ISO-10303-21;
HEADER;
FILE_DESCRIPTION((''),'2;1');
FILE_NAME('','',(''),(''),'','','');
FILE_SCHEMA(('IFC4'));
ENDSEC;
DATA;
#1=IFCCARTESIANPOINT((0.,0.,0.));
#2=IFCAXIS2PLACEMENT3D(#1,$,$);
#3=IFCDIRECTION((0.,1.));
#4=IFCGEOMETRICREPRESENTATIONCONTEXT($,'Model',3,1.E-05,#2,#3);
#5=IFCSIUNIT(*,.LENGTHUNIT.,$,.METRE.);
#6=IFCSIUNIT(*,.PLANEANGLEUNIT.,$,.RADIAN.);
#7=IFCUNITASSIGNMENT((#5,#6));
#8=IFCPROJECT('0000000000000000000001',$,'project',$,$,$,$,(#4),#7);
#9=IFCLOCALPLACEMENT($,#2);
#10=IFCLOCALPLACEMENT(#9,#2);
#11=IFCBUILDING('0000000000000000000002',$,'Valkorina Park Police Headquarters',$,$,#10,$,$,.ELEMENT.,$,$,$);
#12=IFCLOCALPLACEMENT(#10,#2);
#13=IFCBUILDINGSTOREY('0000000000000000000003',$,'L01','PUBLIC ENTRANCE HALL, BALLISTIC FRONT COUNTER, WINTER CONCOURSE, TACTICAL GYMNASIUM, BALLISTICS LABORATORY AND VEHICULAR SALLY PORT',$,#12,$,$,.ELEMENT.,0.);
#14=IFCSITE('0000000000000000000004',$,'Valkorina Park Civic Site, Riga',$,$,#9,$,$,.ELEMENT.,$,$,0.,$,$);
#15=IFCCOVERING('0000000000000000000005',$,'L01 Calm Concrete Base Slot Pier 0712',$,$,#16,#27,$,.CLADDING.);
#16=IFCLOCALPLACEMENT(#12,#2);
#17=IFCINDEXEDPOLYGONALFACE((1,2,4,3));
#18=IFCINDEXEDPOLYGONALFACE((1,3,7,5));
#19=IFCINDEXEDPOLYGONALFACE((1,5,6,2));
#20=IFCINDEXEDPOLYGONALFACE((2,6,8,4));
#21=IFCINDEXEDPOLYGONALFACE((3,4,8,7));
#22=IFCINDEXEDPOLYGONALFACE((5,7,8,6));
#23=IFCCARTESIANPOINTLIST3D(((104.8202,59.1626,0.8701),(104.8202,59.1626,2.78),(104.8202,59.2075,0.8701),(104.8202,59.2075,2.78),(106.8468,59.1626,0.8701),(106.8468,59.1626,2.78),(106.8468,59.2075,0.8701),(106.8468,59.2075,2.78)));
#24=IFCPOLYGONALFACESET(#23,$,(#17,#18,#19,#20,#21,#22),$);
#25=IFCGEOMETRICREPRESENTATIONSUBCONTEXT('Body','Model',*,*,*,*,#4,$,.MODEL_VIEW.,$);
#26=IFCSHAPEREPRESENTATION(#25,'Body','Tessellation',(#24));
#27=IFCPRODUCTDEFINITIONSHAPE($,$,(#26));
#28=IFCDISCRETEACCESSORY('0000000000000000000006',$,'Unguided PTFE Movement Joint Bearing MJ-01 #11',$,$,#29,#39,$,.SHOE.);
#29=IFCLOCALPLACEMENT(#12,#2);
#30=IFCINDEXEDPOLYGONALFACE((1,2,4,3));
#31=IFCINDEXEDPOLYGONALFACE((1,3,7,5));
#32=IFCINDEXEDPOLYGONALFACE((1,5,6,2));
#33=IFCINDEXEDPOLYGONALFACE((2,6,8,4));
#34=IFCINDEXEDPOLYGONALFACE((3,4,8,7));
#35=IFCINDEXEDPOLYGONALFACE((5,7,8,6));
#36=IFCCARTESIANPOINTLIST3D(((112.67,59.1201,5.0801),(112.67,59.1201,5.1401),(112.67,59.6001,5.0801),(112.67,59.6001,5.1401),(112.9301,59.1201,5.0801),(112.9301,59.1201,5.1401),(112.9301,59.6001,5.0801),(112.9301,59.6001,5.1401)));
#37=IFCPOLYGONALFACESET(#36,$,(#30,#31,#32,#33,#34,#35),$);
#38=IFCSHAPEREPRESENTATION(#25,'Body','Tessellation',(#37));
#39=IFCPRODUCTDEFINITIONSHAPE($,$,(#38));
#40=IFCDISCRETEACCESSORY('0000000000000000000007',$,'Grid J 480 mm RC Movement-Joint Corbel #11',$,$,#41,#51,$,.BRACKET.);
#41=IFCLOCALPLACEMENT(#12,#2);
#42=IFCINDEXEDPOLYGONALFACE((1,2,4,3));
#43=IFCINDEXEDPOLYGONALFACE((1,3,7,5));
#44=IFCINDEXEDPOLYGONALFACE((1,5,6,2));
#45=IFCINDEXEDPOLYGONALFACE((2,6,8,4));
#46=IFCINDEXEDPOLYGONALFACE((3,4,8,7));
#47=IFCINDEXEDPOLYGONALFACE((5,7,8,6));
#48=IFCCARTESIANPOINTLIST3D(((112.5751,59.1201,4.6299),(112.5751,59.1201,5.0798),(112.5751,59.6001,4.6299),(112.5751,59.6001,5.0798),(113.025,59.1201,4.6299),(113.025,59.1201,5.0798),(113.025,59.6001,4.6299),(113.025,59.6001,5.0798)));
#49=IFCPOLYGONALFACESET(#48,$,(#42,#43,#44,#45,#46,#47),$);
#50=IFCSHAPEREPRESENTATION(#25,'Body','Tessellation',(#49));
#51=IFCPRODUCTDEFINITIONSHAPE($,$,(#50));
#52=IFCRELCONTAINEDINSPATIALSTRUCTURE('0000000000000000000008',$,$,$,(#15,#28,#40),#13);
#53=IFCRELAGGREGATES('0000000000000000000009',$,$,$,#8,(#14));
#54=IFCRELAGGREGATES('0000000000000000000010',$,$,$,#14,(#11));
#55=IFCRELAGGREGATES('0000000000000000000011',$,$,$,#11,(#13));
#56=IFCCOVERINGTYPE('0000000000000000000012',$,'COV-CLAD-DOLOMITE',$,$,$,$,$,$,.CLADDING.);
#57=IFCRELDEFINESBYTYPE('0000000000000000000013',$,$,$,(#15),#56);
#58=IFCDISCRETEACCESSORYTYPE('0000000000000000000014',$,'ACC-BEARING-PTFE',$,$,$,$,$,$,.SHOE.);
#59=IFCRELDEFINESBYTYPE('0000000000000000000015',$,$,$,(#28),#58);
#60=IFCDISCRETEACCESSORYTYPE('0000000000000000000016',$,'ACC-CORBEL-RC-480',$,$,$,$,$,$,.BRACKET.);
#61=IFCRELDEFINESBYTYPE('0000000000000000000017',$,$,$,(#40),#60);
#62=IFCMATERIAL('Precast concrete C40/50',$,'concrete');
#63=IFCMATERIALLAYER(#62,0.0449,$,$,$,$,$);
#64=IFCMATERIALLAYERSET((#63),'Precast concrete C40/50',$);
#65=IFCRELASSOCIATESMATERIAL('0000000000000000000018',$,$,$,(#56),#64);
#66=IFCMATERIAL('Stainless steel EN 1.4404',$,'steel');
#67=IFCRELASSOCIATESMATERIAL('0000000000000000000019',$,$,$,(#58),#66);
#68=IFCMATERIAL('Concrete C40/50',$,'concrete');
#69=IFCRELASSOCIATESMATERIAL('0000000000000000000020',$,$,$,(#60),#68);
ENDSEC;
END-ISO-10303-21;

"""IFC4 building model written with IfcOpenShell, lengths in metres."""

from ifc_helpers import new_model, si_unit, direction, frame, frame_2d, origin, origin_2d, place, context, subcontext, project, spatial, rectangle, extrude, material, layer, layer_set, type_object, element, save


model = new_model("IFC4")

# Units and contexts
model_context = context("Model", 3, precision=1e-05, world=origin(), true_north=direction((0.0, 1.0)))
body_context = subcontext(model_context, "Body", "Model", "MODEL_VIEW")
ifc_project = project(units=[si_unit("LENGTHUNIT", "METRE"), si_unit("PLANEANGLEUNIT", "RADIAN")], contexts=[model_context])

# Site, building, storey
site_placement = place(None, origin())
site = spatial("IfcSite", under=ifc_project, at=site_placement, Name="Valkorina Park Civic Site, Riga", CompositionType="ELEMENT", RefElevation=0.0)
building_placement = place(site_placement, origin())
building = spatial("IfcBuilding", under=site, at=building_placement, Name="Valkorina Park Police Headquarters", CompositionType="ELEMENT")
storey_placement = place(building_placement, origin())
storey = spatial("IfcBuildingStorey", under=building, at=storey_placement, Name="L01", Description="PUBLIC ENTRANCE HALL, BALLISTIC FRONT COUNTER, WINTER CONCOURSE, TACTICAL GYMNASIUM, BALLISTICS LABORATORY AND VEHICULAR SALLY PORT", CompositionType="ELEMENT", Elevation=0.0)

# Shared definitions
ifc_material_1 = material(Name="Concrete C40/50", Category="concrete")

# Covering
ifc_material_2 = material(Name="Precast concrete C40/50", Category="concrete")
ifc_layer_1 = layer(ifc_material_2, 0.0449)
ifc_layer_set_1 = layer_set([ifc_layer_1], Name="Precast concrete C40/50")
covering_type = type_object("IfcCoveringType", Name="COV-CLAD-DOLOMITE", PredefinedType="CLADDING", material=ifc_layer_set_1)
covering_1_placement = place(storey_placement, frame((106.8467, 59.1851, 0.8701), z_axis=(0.0, 0.0, 1.0), x_axis=(-1.0, 0.0, 0.0)))
element("IfcCovering", 1, at=covering_1_placement, inside=storey, type_object=covering_type, Name="L01 Calm Concrete Base Slot Pier 0712", PredefinedType="CLADDING", context=body_context, shape_type="SweptSolid", body=[
    extrude(rectangle(XDim=2.0266, YDim=0.0449, at=frame_2d((1.0132, 0.0))), origin(), (0.0, 0.0, 1.0), 1.9099),
])

# Discrete accessories
ifc_material_3 = material(Name="Stainless steel EN 1.4404", Category="steel")
discrete_accessory_type_1 = type_object("IfcDiscreteAccessoryType", Name="ACC-BEARING-PTFE", PredefinedType="SHOE", material=ifc_material_3)
discrete_accessory_1_placement = place(storey_placement, frame((112.8, 59.3601, 5.0801), z_axis=(0.0, 0.0, 1.0), x_axis=(1.0, 0.0, 0.0)))
element("IfcDiscreteAccessory", 2, at=discrete_accessory_1_placement, inside=storey, type_object=discrete_accessory_type_1, Name="Unguided PTFE Movement Joint Bearing MJ-01 #11", PredefinedType="SHOE", context=body_context, shape_type="SweptSolid", body=[
    extrude(rectangle(XDim=0.26, YDim=0.48, at=origin_2d()), origin(), (0.0, 0.0, 1.0), 0.0601),
])
discrete_accessory_type_2 = type_object("IfcDiscreteAccessoryType", Name="ACC-CORBEL-RC-480", PredefinedType="BRACKET", material=ifc_material_1)
discrete_accessory_2_placement = place(storey_placement, frame((112.8, 59.3601, 4.6299), z_axis=(0.0, 0.0, 1.0), x_axis=(1.0, 0.0, 0.0)))
element("IfcDiscreteAccessory", 3, at=discrete_accessory_2_placement, inside=storey, type_object=discrete_accessory_type_2, Name="Grid J 480 mm RC Movement-Joint Corbel #11", PredefinedType="BRACKET", context=body_context, shape_type="SweptSolid", body=[
    extrude(rectangle(XDim=0.45, YDim=0.48, at=origin_2d()), origin(), (0.0, 0.0, 1.0), 0.45),
])

save(model, "model.ifc")
